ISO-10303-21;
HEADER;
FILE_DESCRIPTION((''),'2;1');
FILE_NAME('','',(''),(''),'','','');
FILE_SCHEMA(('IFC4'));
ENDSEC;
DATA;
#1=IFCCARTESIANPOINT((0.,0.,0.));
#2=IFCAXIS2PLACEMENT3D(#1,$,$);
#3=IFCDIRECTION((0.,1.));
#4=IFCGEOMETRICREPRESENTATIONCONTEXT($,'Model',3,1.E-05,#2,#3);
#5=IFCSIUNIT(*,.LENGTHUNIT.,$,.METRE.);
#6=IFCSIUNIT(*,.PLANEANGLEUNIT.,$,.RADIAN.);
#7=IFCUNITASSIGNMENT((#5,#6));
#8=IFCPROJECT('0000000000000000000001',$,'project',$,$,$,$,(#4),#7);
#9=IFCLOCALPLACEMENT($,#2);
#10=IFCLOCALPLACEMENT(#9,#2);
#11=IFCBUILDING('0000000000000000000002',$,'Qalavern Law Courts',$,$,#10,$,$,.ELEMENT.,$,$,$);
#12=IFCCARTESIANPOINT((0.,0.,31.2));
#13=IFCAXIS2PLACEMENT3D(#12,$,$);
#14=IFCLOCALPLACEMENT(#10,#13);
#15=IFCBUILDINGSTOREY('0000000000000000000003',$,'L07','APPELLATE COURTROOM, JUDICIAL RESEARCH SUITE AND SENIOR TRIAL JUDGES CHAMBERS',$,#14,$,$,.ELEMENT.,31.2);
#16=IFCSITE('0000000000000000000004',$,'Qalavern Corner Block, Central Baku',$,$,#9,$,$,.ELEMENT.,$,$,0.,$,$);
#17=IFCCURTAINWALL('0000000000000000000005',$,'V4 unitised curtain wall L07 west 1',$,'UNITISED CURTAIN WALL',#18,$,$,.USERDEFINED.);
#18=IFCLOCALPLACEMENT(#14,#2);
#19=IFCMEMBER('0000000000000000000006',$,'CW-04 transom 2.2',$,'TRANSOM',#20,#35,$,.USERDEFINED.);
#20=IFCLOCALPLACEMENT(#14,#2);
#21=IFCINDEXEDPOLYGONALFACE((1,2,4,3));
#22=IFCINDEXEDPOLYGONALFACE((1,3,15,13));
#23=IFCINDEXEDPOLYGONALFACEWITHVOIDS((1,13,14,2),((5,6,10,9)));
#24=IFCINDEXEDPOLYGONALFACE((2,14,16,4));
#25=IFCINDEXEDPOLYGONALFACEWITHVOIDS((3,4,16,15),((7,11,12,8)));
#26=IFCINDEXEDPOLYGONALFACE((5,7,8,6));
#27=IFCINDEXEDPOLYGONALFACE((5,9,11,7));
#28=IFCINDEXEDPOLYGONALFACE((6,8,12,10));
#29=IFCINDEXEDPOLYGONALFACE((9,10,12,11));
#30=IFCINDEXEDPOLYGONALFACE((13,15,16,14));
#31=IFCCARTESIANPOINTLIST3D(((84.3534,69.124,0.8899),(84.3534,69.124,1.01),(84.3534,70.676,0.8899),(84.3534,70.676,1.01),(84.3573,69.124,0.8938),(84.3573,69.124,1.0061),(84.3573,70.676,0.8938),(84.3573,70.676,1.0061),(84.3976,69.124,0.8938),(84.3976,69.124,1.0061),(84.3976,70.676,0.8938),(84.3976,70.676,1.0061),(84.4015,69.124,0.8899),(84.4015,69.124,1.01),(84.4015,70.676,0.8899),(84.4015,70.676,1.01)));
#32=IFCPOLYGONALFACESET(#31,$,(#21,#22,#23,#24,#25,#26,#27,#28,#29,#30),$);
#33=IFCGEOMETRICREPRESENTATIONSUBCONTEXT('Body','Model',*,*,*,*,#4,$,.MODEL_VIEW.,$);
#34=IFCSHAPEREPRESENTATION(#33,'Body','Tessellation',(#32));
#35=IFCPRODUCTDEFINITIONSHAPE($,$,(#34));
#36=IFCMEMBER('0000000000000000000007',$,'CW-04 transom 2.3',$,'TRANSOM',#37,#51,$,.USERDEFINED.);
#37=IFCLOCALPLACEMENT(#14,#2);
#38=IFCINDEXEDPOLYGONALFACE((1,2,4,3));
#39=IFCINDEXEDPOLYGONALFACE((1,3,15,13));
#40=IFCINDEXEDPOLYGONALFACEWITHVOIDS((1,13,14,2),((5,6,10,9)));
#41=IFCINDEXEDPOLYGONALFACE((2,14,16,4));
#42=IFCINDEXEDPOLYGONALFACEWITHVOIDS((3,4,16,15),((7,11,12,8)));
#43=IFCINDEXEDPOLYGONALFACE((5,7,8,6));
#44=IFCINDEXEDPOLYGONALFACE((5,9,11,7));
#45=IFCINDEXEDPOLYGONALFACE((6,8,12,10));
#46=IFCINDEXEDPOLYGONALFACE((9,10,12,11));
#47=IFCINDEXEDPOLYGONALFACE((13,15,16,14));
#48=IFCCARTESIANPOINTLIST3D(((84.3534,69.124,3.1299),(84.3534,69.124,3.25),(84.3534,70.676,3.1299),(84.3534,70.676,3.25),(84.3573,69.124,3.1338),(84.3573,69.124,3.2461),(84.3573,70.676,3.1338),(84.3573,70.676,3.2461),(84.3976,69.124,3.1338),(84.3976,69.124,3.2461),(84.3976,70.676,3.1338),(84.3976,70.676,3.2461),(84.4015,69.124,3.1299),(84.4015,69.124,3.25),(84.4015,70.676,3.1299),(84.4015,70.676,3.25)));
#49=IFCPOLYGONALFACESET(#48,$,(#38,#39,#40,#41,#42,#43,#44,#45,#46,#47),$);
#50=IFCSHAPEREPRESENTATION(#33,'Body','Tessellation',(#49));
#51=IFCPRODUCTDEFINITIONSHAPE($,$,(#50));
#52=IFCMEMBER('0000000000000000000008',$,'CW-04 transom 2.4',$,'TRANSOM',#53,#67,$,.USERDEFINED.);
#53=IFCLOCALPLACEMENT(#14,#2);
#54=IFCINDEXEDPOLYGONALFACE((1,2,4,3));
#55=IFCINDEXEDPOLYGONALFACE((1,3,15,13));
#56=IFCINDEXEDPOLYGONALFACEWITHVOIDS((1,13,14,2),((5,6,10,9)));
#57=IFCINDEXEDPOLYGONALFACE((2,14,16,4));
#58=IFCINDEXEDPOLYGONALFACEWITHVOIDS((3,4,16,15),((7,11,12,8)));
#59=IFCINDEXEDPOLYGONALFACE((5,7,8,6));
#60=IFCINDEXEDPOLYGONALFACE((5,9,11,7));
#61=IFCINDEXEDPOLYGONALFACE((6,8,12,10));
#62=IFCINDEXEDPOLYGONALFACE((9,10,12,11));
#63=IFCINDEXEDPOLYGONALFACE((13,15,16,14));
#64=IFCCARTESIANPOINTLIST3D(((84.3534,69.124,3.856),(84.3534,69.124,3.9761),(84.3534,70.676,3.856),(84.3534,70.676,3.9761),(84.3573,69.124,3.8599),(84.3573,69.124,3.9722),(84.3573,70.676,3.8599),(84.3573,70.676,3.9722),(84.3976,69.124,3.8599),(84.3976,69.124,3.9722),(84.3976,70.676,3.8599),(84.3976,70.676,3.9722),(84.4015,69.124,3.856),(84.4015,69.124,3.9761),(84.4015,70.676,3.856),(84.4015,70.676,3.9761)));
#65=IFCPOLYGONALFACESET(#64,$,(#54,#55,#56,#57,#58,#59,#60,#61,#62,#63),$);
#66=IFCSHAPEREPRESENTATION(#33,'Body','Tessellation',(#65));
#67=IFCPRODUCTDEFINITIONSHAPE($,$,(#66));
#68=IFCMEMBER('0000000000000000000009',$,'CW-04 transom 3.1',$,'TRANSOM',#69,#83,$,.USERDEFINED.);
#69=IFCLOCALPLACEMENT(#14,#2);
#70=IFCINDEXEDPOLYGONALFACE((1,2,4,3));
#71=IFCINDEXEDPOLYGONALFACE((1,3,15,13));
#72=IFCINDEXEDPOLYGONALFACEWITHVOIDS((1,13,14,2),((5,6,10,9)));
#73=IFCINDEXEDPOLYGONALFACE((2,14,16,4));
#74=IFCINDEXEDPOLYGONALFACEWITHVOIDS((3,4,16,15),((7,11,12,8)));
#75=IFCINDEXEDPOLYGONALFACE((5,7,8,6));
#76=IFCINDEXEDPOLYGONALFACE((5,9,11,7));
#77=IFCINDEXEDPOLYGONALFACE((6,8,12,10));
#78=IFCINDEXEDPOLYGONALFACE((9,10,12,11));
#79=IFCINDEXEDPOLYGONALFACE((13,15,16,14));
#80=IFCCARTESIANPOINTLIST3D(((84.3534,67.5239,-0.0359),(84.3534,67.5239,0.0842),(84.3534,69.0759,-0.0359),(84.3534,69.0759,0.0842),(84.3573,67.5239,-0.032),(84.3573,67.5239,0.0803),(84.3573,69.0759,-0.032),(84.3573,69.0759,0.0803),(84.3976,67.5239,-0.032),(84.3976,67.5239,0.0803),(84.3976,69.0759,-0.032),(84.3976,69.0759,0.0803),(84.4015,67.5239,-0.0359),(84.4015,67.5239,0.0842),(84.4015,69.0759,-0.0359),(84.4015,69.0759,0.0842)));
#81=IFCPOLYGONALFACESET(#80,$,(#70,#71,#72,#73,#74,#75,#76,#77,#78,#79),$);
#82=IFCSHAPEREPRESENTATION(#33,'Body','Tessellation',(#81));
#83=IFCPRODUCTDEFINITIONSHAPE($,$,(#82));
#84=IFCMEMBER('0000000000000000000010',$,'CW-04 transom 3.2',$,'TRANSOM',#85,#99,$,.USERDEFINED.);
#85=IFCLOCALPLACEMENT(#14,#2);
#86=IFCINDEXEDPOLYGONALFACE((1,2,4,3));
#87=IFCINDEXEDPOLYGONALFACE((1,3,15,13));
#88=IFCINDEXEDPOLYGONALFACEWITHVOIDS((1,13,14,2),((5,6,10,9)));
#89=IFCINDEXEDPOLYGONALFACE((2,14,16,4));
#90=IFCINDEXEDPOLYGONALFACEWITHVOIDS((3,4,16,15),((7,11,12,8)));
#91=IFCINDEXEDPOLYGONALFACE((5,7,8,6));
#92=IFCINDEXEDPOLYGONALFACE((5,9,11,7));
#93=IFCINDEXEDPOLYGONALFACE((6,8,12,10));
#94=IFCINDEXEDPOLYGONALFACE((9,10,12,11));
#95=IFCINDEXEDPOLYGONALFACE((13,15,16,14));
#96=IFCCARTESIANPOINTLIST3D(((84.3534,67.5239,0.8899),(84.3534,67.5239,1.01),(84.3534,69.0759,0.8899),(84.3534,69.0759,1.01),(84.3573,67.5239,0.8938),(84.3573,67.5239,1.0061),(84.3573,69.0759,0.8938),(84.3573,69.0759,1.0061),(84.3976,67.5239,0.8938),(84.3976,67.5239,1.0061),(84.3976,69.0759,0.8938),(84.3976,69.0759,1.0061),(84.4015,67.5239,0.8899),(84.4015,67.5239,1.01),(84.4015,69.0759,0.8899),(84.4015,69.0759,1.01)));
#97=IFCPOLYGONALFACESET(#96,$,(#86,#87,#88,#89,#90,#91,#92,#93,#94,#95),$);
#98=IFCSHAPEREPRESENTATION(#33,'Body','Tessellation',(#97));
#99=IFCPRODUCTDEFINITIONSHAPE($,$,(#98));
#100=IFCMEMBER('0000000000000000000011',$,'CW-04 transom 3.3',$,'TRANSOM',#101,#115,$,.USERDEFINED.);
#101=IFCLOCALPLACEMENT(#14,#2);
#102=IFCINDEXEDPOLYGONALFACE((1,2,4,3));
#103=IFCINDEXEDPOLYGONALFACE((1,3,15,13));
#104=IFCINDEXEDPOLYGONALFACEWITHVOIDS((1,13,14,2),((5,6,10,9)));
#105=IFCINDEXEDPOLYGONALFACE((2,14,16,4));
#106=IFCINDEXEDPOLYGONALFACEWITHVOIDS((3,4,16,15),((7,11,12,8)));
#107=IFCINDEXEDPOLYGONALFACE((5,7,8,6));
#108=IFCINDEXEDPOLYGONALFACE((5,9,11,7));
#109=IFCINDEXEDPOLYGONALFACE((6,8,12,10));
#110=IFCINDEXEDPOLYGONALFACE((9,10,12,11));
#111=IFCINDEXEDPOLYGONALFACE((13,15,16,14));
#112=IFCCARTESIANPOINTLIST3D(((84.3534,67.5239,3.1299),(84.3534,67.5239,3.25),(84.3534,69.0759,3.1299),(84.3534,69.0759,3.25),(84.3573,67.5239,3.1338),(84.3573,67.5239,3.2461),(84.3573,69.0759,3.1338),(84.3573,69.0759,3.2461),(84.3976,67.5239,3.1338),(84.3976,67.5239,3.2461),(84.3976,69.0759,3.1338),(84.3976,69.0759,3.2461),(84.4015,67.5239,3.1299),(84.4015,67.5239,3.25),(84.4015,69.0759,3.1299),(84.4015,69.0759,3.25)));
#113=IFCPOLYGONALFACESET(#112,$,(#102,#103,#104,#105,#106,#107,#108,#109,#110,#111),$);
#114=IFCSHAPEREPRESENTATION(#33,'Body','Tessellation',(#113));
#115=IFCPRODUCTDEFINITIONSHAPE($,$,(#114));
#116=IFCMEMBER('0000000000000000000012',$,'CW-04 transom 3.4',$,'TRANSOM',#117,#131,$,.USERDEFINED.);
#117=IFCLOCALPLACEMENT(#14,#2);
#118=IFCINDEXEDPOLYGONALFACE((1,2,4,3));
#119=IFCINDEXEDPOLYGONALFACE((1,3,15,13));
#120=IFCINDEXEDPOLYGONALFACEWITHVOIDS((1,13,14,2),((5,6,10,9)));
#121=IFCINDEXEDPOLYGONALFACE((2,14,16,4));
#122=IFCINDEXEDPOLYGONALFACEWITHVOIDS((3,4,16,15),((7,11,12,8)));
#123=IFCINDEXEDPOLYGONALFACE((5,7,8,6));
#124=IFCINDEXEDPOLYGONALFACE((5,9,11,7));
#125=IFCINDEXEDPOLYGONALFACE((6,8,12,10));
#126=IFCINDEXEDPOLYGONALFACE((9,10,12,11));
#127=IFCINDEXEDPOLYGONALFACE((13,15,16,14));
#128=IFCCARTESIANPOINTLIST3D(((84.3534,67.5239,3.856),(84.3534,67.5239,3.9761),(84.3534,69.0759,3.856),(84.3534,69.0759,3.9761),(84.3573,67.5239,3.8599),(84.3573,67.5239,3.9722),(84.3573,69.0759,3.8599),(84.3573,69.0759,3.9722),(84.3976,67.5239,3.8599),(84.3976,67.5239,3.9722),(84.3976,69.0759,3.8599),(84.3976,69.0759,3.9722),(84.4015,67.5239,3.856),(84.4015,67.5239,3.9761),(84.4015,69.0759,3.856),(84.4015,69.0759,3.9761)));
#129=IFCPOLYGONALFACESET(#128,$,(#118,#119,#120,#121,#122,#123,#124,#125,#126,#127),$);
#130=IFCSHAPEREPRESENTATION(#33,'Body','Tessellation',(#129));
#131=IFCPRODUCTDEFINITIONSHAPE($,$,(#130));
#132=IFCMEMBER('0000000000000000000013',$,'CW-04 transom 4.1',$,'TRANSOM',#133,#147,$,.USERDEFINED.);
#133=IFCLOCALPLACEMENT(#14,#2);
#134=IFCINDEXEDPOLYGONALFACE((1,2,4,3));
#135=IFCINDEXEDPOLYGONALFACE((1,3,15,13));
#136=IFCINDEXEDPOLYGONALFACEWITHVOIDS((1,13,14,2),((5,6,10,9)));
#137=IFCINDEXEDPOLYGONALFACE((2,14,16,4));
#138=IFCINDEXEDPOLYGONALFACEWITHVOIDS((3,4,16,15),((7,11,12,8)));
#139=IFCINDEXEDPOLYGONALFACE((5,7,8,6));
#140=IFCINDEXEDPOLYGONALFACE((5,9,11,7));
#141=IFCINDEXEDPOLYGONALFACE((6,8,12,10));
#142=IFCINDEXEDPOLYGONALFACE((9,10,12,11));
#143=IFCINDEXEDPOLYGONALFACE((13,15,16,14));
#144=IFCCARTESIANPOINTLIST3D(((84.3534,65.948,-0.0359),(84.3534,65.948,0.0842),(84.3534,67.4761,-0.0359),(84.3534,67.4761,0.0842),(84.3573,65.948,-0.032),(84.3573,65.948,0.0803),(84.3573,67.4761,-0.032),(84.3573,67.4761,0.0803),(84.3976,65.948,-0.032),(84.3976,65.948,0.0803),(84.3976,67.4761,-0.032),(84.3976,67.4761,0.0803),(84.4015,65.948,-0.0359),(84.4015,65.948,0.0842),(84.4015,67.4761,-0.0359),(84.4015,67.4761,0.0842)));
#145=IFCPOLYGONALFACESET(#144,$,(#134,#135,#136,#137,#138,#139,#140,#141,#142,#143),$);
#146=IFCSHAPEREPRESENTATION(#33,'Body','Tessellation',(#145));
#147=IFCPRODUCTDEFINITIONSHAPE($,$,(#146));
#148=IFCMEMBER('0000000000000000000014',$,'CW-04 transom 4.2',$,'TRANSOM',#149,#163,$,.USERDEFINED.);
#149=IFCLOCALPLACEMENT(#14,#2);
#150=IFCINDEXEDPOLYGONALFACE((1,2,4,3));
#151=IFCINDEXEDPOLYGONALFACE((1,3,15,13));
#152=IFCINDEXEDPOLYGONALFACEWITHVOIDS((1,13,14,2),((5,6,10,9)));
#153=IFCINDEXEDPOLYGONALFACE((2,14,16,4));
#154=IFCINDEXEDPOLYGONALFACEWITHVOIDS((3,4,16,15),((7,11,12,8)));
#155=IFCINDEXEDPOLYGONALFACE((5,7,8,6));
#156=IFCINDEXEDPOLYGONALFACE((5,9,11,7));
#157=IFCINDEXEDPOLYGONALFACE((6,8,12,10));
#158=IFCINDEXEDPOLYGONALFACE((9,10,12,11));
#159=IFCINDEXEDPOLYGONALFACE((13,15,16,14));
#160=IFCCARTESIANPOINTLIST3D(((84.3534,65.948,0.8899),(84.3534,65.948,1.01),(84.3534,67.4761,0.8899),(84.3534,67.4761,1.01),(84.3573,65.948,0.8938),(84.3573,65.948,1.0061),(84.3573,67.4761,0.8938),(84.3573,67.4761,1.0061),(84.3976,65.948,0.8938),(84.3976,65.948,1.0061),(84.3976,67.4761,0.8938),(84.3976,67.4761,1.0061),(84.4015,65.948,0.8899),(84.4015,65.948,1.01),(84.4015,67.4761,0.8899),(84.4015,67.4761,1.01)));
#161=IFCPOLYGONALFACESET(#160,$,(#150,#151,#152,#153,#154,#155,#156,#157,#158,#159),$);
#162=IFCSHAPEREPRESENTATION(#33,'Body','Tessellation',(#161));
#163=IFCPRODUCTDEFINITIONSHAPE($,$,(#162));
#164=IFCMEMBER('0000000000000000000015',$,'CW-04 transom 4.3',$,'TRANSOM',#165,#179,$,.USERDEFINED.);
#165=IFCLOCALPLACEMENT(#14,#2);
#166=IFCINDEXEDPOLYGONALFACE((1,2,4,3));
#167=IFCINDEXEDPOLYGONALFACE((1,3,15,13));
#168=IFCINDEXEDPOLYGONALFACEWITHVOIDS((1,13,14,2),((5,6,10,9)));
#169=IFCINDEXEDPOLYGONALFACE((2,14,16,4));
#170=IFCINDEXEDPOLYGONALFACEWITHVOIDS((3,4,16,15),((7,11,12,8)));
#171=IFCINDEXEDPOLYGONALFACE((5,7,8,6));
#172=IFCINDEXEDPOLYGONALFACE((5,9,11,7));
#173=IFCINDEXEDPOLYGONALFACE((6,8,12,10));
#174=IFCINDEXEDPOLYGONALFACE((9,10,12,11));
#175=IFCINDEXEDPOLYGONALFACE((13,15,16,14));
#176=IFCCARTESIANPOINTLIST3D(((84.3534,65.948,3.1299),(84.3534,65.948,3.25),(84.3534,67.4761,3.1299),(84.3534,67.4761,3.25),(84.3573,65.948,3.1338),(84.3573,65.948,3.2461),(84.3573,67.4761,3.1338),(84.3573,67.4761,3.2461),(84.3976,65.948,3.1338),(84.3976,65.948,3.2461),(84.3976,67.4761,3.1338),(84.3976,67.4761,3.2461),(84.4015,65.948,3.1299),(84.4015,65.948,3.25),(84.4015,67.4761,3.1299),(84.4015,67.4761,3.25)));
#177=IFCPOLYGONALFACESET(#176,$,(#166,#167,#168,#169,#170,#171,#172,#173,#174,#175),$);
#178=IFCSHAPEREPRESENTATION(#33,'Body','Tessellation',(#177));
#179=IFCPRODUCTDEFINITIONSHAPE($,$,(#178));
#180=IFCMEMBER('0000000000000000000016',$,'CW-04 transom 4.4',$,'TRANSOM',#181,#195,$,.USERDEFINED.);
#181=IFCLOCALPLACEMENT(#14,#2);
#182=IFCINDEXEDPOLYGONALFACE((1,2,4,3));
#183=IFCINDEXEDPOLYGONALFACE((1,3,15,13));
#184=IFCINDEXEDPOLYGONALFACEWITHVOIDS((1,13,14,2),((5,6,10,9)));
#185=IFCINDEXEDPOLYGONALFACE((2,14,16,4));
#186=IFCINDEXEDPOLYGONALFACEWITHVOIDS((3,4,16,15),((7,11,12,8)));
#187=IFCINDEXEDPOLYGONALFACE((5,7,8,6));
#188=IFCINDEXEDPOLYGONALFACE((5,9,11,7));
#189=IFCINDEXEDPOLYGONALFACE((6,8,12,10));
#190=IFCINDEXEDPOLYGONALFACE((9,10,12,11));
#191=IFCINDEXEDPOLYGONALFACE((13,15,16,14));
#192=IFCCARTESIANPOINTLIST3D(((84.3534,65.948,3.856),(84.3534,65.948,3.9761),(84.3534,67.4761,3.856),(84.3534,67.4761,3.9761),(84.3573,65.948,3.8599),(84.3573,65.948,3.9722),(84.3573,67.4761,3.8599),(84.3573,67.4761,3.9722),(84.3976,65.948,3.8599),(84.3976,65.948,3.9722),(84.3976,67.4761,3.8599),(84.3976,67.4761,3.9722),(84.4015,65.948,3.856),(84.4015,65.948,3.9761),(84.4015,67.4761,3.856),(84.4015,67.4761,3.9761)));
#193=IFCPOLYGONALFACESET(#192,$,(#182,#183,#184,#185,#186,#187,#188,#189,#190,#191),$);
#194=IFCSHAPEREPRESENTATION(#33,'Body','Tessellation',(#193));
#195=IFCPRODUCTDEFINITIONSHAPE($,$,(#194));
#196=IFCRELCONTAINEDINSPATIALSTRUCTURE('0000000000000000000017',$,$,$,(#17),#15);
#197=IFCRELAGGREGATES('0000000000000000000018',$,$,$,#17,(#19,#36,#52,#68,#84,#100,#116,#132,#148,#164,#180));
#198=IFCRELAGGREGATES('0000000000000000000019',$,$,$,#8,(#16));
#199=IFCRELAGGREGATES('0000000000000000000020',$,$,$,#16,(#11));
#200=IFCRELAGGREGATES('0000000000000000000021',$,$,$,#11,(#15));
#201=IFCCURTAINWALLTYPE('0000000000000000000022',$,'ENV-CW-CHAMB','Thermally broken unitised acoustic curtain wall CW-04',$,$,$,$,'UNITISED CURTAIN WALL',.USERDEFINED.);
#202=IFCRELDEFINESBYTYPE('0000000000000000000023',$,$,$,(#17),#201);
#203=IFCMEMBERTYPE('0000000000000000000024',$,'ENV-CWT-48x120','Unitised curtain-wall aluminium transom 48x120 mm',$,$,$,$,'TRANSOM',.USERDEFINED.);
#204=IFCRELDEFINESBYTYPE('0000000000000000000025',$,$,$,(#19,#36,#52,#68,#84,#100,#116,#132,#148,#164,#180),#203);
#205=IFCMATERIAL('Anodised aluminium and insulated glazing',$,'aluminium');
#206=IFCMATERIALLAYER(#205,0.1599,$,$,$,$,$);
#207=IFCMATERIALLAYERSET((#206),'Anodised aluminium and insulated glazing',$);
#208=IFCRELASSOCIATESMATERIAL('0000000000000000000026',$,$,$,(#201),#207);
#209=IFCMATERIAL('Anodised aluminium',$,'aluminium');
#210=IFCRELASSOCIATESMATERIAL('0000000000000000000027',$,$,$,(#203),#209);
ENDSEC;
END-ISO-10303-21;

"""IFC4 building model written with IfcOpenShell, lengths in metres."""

from ifc_helpers import new_model, si_unit, direction, frame, origin, origin_2d, place, context, subcontext, project, spatial, hollow_rectangle, extrude, material, layer, layer_set, material_profile, profile_set, type_object, element, aggregate, save


model = new_model("IFC4")

# Units and contexts
model_context = context("Model", 3, precision=1e-05, world=origin(), true_north=direction((0.0, 1.0)))
body_context = subcontext(model_context, "Body", "Model", "MODEL_VIEW")
ifc_project = project(units=[si_unit("LENGTHUNIT", "METRE"), si_unit("PLANEANGLEUNIT", "RADIAN")], contexts=[model_context])

# Site, building, storey
site_placement = place(None, origin())
site = spatial("IfcSite", under=ifc_project, at=site_placement, Name="Qalavern Corner Block, Central Baku", CompositionType="ELEMENT", RefElevation=0.0)
building_placement = place(site_placement, origin())
building = spatial("IfcBuilding", under=site, at=building_placement, Name="Qalavern Law Courts", CompositionType="ELEMENT")
storey_placement = place(building_placement, frame((0.0, 0.0, 31.2)))
storey = spatial("IfcBuildingStorey", under=building, at=storey_placement, Name="L07", Description="APPELLATE COURTROOM, JUDICIAL RESEARCH SUITE AND SENIOR TRIAL JUDGES CHAMBERS", CompositionType="ELEMENT", Elevation=31.2)

# Curtain wall
ifc_material_1 = material(Name="Anodised aluminium and insulated glazing", Category="aluminium")
ifc_layer_1 = layer(ifc_material_1, 0.1599)
ifc_layer_set_1 = layer_set([ifc_layer_1], Name="Anodised aluminium and insulated glazing")
curtain_wall_type = type_object("IfcCurtainWallType", Name="ENV-CW-CHAMB", Description="Thermally broken unitised acoustic curtain wall CW-04", ElementType="UNITISED CURTAIN WALL", PredefinedType="USERDEFINED", material=ifc_layer_set_1)
curtain_wall_1_placement = place(storey_placement, origin())
curtain_wall_1 = element("IfcCurtainWall", 1, at=curtain_wall_1_placement, inside=storey, type_object=curtain_wall_type, Name="V4 unitised curtain wall L07 west 1", ObjectType="UNITISED CURTAIN WALL", PredefinedType="USERDEFINED")
ifc_material_2 = material(Name="Anodised aluminium", Category="aluminium")

# Members
ifc_material_profile_1 = material_profile(ifc_material_2, hollow_rectangle(XDim=0.0481, YDim=0.1201, WallThickness=0.0039, at=origin_2d()), Name="ALU TRANSOM 48x120")
ifc_profile_set_1 = profile_set([ifc_material_profile_1], Name="Anodised aluminium")
member_type_1 = type_object("IfcMemberType", Name="ENV-CWT-48x120", Description="Unitised curtain-wall aluminium transom 48x120 mm", ElementType="TRANSOM", PredefinedType="USERDEFINED", material=ifc_profile_set_1)
member_1_placement = place(storey_placement, frame((84.3774, 70.676, 0.95), z_axis=(0.0, -1.0, 0.0), x_axis=(1.0, 0.0, 0.0)))
member_1 = element("IfcMember", 2, at=member_1_placement, type_object=member_type_1, Name="CW-04 transom 2.2", ObjectType="TRANSOM", PredefinedType="USERDEFINED", context=body_context, shape_type="SweptSolid", body=[
    extrude(hollow_rectangle(XDim=0.0481, YDim=0.1201, WallThickness=0.0039, at=origin_2d()), origin(), (0.0, 0.0, 1.0), 1.552),
])
member_2_placement = place(storey_placement, frame((84.3774, 70.676, 3.1899), z_axis=(0.0, -1.0, 0.0), x_axis=(1.0, 0.0, 0.0)))
member_2 = element("IfcMember", 3, at=member_2_placement, type_object=member_type_1, Name="CW-04 transom 2.3", ObjectType="TRANSOM", PredefinedType="USERDEFINED", context=body_context, shape_type="SweptSolid", body=[
    extrude(hollow_rectangle(XDim=0.0481, YDim=0.1201, WallThickness=0.0039, at=origin_2d()), origin(), (0.0, 0.0, 1.0), 1.552),
])
member_3_placement = place(storey_placement, frame((84.3774, 70.676, 3.916), z_axis=(0.0, -1.0, 0.0), x_axis=(1.0, 0.0, 0.0)))
member_3 = element("IfcMember", 4, at=member_3_placement, type_object=member_type_1, Name="CW-04 transom 2.4", ObjectType="TRANSOM", PredefinedType="USERDEFINED", context=body_context, shape_type="SweptSolid", body=[
    extrude(hollow_rectangle(XDim=0.0481, YDim=0.1201, WallThickness=0.0039, at=origin_2d()), origin(), (0.0, 0.0, 1.0), 1.552),
])
member_4_placement = place(storey_placement, frame((84.3774, 69.0759, 0.0242), z_axis=(0.0, -1.0, 0.0), x_axis=(1.0, 0.0, 0.0)))
member_4 = element("IfcMember", 5, at=member_4_placement, type_object=member_type_1, Name="CW-04 transom 3.1", ObjectType="TRANSOM", PredefinedType="USERDEFINED", context=body_context, shape_type="SweptSolid", body=[
    extrude(hollow_rectangle(XDim=0.0481, YDim=0.1201, WallThickness=0.0039, at=origin_2d()), origin(), (0.0, 0.0, 1.0), 1.552),
])
member_5_placement = place(storey_placement, frame((84.3774, 69.0759, 0.95), z_axis=(0.0, -1.0, 0.0), x_axis=(1.0, 0.0, 0.0)))
member_5 = element("IfcMember", 6, at=member_5_placement, type_object=member_type_1, Name="CW-04 transom 3.2", ObjectType="TRANSOM", PredefinedType="USERDEFINED", context=body_context, shape_type="SweptSolid", body=[
    extrude(hollow_rectangle(XDim=0.0481, YDim=0.1201, WallThickness=0.0039, at=origin_2d()), origin(), (0.0, 0.0, 1.0), 1.552),
])
member_6_placement = place(storey_placement, frame((84.3774, 69.0759, 3.1899), z_axis=(0.0, -1.0, 0.0), x_axis=(1.0, 0.0, 0.0)))
member_6 = element("IfcMember", 7, at=member_6_placement, type_object=member_type_1, Name="CW-04 transom 3.3", ObjectType="TRANSOM", PredefinedType="USERDEFINED", context=body_context, shape_type="SweptSolid", body=[
    extrude(hollow_rectangle(XDim=0.0481, YDim=0.1201, WallThickness=0.0039, at=origin_2d()), origin(), (0.0, 0.0, 1.0), 1.552),
])
member_7_placement = place(storey_placement, frame((84.3774, 69.0759, 3.916), z_axis=(0.0, -1.0, 0.0), x_axis=(1.0, 0.0, 0.0)))
member_7 = element("IfcMember", 8, at=member_7_placement, type_object=member_type_1, Name="CW-04 transom 3.4", ObjectType="TRANSOM", PredefinedType="USERDEFINED", context=body_context, shape_type="SweptSolid", body=[
    extrude(hollow_rectangle(XDim=0.0481, YDim=0.1201, WallThickness=0.0039, at=origin_2d()), origin(), (0.0, 0.0, 1.0), 1.552),
])
member_8_placement = place(storey_placement, frame((84.3774, 67.4761, 0.0242), z_axis=(0.0, -1.0, 0.0), x_axis=(1.0, 0.0, 0.0)))
member_8 = element("IfcMember", 9, at=member_8_placement, type_object=member_type_1, Name="CW-04 transom 4.1", ObjectType="TRANSOM", PredefinedType="USERDEFINED", context=body_context, shape_type="SweptSolid", body=[
    extrude(hollow_rectangle(XDim=0.0481, YDim=0.1201, WallThickness=0.0039, at=origin_2d()), origin(), (0.0, 0.0, 1.0), 1.5281),
])
member_9_placement = place(storey_placement, frame((84.3774, 67.4761, 0.95), z_axis=(0.0, -1.0, 0.0), x_axis=(1.0, 0.0, 0.0)))
member_9 = element("IfcMember", 10, at=member_9_placement, type_object=member_type_1, Name="CW-04 transom 4.2", ObjectType="TRANSOM", PredefinedType="USERDEFINED", context=body_context, shape_type="SweptSolid", body=[
    extrude(hollow_rectangle(XDim=0.0481, YDim=0.1201, WallThickness=0.0039, at=origin_2d()), origin(), (0.0, 0.0, 1.0), 1.5281),
])
member_10_placement = place(storey_placement, frame((84.3774, 67.4761, 3.1899), z_axis=(0.0, -1.0, 0.0), x_axis=(1.0, 0.0, 0.0)))
member_10 = element("IfcMember", 11, at=member_10_placement, type_object=member_type_1, Name="CW-04 transom 4.3", ObjectType="TRANSOM", PredefinedType="USERDEFINED", context=body_context, shape_type="SweptSolid", body=[
    extrude(hollow_rectangle(XDim=0.0481, YDim=0.1201, WallThickness=0.0039, at=origin_2d()), origin(), (0.0, 0.0, 1.0), 1.5281),
])
member_11_placement = place(storey_placement, frame((84.3774, 67.4761, 3.916), z_axis=(0.0, -1.0, 0.0), x_axis=(1.0, 0.0, 0.0)))
member_11 = element("IfcMember", 12, at=member_11_placement, type_object=member_type_1, Name="CW-04 transom 4.4", ObjectType="TRANSOM", PredefinedType="USERDEFINED", context=body_context, shape_type="SweptSolid", body=[
    extrude(hollow_rectangle(XDim=0.0481, YDim=0.1201, WallThickness=0.0039, at=origin_2d()), origin(), (0.0, 0.0, 1.0), 1.5281),
])

aggregate(curtain_wall_1, [member_1, member_2, member_3, member_4, member_5, member_6, member_7, member_8, member_9, member_10, member_11])

save(model, "model.ifc")
